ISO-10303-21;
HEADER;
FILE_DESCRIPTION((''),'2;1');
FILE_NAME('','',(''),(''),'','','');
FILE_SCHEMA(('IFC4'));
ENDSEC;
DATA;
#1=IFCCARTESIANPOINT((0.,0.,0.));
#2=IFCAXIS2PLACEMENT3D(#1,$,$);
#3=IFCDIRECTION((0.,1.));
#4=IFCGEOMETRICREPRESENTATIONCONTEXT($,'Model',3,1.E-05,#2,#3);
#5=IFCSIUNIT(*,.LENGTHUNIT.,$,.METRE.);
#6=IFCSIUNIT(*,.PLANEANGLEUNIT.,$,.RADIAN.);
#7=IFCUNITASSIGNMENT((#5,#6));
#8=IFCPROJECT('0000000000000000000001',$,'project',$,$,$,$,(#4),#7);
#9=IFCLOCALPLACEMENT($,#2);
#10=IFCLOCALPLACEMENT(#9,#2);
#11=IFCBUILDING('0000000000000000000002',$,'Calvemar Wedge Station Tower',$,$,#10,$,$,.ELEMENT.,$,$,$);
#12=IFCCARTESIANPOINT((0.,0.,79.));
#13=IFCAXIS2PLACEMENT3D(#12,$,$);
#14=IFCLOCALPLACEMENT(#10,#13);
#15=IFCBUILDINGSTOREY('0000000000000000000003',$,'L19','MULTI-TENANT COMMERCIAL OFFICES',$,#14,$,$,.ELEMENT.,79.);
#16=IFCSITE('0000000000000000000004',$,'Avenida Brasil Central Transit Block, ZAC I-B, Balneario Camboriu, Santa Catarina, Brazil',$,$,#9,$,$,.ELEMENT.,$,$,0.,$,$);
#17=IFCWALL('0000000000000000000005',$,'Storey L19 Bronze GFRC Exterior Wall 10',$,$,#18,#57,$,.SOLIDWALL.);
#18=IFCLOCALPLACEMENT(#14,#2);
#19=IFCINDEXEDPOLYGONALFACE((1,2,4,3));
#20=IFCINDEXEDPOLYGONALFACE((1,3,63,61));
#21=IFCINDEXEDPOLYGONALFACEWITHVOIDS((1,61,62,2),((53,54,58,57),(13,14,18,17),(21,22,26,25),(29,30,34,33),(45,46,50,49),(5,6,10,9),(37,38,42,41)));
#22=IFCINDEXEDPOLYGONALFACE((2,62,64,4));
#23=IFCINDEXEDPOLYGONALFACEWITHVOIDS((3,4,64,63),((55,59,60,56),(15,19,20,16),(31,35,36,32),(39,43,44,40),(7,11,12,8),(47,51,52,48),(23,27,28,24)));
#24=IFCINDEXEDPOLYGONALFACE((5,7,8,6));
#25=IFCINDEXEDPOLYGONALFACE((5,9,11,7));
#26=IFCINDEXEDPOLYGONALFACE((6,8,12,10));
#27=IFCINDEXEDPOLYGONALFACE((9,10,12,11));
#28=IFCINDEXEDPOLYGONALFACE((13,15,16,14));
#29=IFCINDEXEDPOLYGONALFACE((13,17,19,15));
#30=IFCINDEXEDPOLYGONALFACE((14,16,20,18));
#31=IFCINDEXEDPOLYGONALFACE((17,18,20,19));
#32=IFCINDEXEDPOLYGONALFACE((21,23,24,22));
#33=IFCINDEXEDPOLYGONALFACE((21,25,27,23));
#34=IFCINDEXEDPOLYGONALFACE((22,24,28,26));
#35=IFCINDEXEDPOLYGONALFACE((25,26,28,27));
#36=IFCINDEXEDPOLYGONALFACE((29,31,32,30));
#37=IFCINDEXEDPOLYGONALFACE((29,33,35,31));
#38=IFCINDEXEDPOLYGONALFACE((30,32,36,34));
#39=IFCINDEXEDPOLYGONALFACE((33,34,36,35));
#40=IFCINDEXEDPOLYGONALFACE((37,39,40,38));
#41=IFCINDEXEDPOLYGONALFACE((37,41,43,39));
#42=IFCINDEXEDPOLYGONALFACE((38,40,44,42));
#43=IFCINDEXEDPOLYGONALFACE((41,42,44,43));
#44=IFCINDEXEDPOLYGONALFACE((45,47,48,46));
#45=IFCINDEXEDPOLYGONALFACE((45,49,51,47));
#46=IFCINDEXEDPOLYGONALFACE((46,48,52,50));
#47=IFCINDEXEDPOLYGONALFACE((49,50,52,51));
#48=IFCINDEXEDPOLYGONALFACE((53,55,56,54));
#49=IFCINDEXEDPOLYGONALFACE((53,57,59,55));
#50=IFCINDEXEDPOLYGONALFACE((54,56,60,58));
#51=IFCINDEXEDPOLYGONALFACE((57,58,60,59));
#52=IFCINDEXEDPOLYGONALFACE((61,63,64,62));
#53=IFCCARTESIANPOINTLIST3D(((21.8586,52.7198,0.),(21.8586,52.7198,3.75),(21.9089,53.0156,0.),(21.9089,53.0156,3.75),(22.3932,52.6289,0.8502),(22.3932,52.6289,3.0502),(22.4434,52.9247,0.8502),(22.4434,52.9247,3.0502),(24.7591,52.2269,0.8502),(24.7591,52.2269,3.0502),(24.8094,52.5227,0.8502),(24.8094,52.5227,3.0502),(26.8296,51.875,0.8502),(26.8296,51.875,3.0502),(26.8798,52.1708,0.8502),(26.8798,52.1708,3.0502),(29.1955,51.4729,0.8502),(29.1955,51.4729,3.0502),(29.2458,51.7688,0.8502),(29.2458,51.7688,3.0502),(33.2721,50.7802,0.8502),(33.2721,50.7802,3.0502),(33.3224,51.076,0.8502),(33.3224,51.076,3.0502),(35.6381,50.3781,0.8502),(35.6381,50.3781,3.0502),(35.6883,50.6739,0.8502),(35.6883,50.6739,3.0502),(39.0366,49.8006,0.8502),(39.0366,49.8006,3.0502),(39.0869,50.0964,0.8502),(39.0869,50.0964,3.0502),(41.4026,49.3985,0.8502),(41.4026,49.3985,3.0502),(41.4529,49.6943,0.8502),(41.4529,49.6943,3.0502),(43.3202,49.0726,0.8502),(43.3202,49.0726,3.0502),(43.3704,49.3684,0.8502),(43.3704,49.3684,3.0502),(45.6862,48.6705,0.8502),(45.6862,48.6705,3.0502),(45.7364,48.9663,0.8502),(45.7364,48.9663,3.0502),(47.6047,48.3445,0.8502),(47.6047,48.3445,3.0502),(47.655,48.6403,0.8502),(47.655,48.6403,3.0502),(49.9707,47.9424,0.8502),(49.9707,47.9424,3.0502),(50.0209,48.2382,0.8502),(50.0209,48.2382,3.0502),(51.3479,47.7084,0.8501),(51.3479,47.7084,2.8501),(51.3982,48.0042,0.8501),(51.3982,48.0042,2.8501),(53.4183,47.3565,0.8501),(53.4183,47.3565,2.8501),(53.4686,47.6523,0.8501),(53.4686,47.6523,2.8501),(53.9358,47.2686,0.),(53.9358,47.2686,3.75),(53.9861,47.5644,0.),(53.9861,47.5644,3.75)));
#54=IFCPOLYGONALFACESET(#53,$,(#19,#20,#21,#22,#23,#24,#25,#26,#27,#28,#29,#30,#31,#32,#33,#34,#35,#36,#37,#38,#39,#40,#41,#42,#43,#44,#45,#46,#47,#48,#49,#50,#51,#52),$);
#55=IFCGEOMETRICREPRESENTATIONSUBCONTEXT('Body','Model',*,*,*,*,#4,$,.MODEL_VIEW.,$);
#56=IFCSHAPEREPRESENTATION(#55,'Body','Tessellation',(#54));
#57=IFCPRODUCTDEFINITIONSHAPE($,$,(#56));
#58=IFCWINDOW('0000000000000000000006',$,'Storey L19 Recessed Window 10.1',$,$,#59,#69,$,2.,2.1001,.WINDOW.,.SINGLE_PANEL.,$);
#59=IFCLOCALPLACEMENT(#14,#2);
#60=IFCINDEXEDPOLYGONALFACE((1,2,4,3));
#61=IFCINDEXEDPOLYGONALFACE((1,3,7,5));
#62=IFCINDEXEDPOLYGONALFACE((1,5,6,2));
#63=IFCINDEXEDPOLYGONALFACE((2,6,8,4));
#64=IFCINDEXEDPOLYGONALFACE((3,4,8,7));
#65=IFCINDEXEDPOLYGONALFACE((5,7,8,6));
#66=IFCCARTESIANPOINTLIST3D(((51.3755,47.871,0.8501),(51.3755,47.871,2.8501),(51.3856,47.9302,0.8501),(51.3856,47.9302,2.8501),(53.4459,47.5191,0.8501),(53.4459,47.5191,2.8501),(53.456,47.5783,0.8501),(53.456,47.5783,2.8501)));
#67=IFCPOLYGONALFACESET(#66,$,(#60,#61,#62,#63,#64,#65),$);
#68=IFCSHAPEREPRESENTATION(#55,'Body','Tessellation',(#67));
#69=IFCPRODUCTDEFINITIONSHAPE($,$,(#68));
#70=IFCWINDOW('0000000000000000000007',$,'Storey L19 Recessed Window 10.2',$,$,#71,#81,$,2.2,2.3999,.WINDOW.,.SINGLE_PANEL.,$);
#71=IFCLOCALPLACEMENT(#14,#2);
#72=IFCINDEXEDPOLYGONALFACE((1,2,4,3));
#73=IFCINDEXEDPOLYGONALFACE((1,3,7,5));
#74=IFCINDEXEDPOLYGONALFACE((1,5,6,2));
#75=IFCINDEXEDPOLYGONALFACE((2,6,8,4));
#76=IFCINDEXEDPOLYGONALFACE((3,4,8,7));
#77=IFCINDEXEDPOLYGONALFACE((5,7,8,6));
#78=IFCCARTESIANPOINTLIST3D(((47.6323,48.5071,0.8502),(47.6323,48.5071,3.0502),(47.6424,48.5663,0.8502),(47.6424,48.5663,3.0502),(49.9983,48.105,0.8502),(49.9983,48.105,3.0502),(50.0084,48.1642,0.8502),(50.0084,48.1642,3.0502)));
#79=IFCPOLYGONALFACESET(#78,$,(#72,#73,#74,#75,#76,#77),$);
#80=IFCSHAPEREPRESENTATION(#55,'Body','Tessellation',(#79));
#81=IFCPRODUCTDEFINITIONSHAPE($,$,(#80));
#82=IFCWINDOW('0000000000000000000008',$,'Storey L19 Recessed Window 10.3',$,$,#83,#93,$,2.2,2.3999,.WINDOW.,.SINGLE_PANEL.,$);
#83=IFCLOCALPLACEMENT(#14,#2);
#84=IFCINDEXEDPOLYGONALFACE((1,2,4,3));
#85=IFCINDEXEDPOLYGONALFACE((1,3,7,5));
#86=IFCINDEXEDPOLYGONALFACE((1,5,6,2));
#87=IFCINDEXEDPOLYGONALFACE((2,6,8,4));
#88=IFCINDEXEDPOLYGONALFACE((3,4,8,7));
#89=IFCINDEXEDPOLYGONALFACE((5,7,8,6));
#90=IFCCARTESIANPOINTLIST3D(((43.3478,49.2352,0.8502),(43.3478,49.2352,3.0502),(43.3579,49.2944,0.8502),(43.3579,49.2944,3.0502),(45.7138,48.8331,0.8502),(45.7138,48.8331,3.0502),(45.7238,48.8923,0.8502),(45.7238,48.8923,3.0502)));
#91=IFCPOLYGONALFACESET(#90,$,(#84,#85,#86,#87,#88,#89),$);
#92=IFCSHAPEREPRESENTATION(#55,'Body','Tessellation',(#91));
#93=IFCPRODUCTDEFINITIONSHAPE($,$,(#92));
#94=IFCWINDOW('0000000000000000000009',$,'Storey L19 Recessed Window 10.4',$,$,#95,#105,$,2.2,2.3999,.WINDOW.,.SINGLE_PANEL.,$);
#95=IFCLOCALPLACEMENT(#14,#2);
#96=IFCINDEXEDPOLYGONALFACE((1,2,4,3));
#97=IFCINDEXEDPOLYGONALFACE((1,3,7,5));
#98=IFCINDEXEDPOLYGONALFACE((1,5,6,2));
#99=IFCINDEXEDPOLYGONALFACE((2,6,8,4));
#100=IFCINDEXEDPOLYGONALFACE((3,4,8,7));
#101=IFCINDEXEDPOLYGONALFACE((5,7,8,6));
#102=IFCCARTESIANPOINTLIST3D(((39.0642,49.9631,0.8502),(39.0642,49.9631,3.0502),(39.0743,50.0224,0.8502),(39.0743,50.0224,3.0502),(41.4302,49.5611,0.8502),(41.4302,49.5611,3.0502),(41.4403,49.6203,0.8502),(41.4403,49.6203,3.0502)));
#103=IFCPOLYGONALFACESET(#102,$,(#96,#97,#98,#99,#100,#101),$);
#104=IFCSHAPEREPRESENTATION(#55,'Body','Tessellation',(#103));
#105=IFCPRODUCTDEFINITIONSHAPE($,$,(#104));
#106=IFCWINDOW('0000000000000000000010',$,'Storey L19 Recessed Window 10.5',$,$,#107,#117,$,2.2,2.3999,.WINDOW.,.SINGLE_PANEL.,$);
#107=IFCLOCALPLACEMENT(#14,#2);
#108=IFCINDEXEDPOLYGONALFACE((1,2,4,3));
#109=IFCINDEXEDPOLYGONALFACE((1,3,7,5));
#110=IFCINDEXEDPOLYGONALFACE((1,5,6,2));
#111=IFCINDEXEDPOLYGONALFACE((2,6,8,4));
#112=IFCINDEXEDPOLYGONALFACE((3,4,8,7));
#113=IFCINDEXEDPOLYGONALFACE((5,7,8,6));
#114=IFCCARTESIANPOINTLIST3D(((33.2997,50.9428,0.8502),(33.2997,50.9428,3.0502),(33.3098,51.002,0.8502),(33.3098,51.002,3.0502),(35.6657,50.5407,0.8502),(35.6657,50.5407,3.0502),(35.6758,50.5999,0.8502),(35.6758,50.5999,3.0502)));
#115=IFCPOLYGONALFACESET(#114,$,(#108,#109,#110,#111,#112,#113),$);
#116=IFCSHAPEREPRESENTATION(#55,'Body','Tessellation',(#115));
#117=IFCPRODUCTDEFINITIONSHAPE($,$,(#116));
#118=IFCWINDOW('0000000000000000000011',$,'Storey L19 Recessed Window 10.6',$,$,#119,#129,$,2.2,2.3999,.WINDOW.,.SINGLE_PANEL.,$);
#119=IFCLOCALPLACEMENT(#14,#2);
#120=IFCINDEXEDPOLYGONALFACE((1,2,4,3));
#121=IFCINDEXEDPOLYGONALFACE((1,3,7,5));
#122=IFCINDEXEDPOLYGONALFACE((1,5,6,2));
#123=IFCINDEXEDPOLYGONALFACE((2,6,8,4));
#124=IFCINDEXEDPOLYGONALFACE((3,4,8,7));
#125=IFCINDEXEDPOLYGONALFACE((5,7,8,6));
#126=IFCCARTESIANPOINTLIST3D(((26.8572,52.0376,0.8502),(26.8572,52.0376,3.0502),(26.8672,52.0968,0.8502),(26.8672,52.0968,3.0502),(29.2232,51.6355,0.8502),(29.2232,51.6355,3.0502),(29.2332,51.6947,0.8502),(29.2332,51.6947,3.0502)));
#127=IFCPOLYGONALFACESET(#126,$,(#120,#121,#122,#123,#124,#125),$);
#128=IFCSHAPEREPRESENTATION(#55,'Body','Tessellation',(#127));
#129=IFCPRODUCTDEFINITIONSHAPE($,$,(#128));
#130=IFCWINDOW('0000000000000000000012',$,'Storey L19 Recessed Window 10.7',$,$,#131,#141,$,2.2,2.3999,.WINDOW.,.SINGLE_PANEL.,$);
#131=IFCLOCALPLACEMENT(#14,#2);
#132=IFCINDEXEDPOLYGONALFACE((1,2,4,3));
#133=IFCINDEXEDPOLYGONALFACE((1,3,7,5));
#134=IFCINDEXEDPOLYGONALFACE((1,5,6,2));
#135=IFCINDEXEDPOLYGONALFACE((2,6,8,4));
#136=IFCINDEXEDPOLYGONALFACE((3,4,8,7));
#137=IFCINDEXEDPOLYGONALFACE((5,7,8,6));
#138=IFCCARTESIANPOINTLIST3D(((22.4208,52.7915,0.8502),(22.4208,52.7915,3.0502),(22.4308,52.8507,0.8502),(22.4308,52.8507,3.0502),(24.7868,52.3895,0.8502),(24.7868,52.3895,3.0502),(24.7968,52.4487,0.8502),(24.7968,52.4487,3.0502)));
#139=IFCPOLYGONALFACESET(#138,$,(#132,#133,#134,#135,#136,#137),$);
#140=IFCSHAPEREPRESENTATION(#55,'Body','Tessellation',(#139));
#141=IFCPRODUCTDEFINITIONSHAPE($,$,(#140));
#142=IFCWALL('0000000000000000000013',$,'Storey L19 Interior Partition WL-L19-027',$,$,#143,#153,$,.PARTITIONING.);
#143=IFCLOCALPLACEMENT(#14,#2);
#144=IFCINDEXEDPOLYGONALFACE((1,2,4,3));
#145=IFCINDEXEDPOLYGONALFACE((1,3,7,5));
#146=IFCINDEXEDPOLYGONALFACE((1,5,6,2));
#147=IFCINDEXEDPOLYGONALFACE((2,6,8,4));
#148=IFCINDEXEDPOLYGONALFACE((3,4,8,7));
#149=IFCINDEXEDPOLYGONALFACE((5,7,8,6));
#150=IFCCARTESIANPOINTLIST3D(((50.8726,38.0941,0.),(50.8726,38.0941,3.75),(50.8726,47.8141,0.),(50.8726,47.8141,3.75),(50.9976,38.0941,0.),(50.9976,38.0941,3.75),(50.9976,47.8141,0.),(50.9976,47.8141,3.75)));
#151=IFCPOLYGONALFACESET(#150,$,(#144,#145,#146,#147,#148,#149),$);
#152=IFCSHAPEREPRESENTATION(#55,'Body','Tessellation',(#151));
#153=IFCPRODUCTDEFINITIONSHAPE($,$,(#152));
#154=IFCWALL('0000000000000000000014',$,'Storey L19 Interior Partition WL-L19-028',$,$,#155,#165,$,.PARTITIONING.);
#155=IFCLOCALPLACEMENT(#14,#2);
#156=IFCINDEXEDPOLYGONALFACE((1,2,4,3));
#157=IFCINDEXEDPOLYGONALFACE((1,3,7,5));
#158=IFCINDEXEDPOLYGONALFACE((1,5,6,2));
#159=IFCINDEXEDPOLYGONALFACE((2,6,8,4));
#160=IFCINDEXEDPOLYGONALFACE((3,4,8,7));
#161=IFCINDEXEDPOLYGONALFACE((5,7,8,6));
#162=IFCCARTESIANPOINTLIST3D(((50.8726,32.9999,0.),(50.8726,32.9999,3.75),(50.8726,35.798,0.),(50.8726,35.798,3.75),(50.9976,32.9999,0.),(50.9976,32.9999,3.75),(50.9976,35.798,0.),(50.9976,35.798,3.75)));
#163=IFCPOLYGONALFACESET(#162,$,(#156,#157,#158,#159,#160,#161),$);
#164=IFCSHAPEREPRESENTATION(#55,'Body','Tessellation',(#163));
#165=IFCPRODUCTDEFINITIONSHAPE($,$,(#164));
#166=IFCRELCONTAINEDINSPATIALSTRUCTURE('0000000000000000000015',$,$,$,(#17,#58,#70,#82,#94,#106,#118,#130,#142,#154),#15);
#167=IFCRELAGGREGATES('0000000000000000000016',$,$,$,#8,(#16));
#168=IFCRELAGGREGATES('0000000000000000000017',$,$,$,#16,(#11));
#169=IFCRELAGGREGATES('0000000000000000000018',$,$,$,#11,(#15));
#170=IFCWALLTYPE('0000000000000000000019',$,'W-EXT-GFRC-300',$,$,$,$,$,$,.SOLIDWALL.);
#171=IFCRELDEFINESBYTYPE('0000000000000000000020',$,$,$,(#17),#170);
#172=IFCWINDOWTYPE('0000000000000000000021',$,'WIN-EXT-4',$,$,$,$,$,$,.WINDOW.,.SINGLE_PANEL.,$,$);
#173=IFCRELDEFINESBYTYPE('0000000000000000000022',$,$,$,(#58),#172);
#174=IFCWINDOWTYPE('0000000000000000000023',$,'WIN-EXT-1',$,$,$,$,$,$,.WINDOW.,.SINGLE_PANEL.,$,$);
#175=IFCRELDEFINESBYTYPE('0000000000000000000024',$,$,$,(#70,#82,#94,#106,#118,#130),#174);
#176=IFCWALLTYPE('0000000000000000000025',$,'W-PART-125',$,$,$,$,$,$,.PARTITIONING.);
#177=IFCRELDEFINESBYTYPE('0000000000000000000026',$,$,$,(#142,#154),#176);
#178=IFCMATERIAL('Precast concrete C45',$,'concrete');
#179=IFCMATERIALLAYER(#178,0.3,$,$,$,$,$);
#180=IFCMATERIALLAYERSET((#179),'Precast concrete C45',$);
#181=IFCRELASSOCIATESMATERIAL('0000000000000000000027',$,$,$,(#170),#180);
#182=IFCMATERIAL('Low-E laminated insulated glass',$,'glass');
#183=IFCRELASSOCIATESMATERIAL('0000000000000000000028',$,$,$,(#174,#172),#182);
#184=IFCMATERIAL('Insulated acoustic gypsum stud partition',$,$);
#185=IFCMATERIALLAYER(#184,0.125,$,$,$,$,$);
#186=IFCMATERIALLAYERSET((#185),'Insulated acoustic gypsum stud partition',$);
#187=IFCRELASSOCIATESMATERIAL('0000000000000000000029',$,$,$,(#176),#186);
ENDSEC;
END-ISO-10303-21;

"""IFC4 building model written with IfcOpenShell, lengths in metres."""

from ifc_helpers import new_model, si_unit, direction, frame, frame_2d, origin, place, context, subcontext, project, spatial, rectangle, extrude, source, transform, mapped, material, layer, layer_set, type_object, element, fill, save


model = new_model("IFC4")

# Units and contexts
model_context = context("Model", 3, precision=1e-05, world=origin(), true_north=direction((0.0, 1.0)))
body_context = subcontext(model_context, "Body", "Model", "MODEL_VIEW")
ifc_project = project(units=[si_unit("LENGTHUNIT", "METRE"), si_unit("PLANEANGLEUNIT", "RADIAN")], contexts=[model_context])

# Site, building, storey
site_placement = place(None, origin())
site = spatial("IfcSite", under=ifc_project, at=site_placement, Name="Avenida Brasil Central Transit Block, ZAC I-B, Balneario Camboriu, Santa Catarina, Brazil", CompositionType="ELEMENT", RefElevation=0.0)
building_placement = place(site_placement, origin())
building = spatial("IfcBuilding", under=site, at=building_placement, Name="Calvemar Wedge Station Tower", CompositionType="ELEMENT")
storey_placement = place(building_placement, frame((0.0, 0.0, 79.0)))
storey = spatial("IfcBuildingStorey", under=building, at=storey_placement, Name="L19", Description="MULTI-TENANT COMMERCIAL OFFICES", CompositionType="ELEMENT", Elevation=79.0)

# Shared definitions
ifc_material_1 = material(Name="Precast concrete C45", Category="concrete")
ifc_layer_1 = layer(ifc_material_1, 0.3)
ifc_layer_set_1 = layer_set([ifc_layer_1], Name="Precast concrete C45")
wall_type_1 = type_object("IfcWallType", Name="W-EXT-GFRC-300", PredefinedType="SOLIDWALL", material=ifc_layer_set_1)
shared_shape_1 = source(origin(), body_context, "Body", "SweptSolid", [
    extrude(rectangle(XDim=2.3999, YDim=2.2, at=frame_2d((1.2, 1.1001))), frame((0.0, 0.1602, 0.0), z_axis=(0.0, -1.0, 0.0), x_axis=(1.0, 0.0, 0.0)), (0.0, 0.0, 1.0), 0.3201),
])
ifc_material_2 = material(Name="Low-E laminated insulated glass", Category="glass")
window_type_1 = type_object("IfcWindowType", Name="WIN-EXT-1", PartitioningType="SINGLE_PANEL", PredefinedType="WINDOW", material=ifc_material_2)
shared_shape_2 = source(origin(), body_context, "Body", "SweptSolid", [
    extrude(rectangle(XDim=2.3999, YDim=2.2, at=frame_2d((1.2, 1.1001))), frame((0.0, -0.0149, 0.0), z_axis=(0.0, -1.0, 0.0), x_axis=(1.0, 0.0, 0.0)), (0.0, 0.0, 1.0), 0.0601),
])

# Wall, openings, windows
wall_1_placement = place(storey_placement, frame((53.9609, 47.4165, 0.0), z_axis=(0.0, 0.0, 1.0), x_axis=(-0.985866, 0.167537, 0.0)))
wall_1 = element("IfcWall", 1, at=wall_1_placement, inside=storey, type_object=wall_type_1, Name="Storey L19 Bronze GFRC Exterior Wall 10", PredefinedType="SOLIDWALL", context=body_context, shape_type="SweptSolid", body=[
    extrude(rectangle(XDim=32.5371, YDim=0.3, at=frame_2d((16.2686, 0.0))), origin(), (0.0, 0.0, 1.0), 3.75),
])
shared_shape_3 = source(origin(), body_context, "Body", "SweptSolid", [
    extrude(rectangle(XDim=2.1001, YDim=2.0, at=frame_2d((1.05, 1.0))), frame((0.0, 0.1602, 0.0), z_axis=(0.0, -1.0, 0.0), x_axis=(1.0, 0.0, 0.0)), (0.0, 0.0, 1.0), 0.3201),
])
opening_1_placement = place(wall_1_placement, frame((0.5249, 0.0, 0.8501)))
opening_1 = element("IfcOpeningElement", 2, at=opening_1_placement, cuts=wall_1, PredefinedType="OPENING", context=body_context, shape_type="MappedRepresentation", body=[
    mapped(shared_shape_3, transform((0.0, 0.0, 0.0), scale=1.0)),
])
opening_2_placement = place(wall_1_placement, frame((4.022, 0.0, 0.8501)))
opening_2 = element("IfcOpeningElement", 3, at=opening_2_placement, cuts=wall_1, PredefinedType="OPENING", context=body_context, shape_type="MappedRepresentation", body=[
    mapped(shared_shape_1, transform((0.0, 0.0, 0.0), scale=1.0)),
])
opening_3_placement = place(wall_1_placement, frame((8.3679, 0.0, 0.8501)))
opening_3 = element("IfcOpeningElement", 4, at=opening_3_placement, cuts=wall_1, PredefinedType="OPENING", context=body_context, shape_type="MappedRepresentation", body=[
    mapped(shared_shape_1, transform((0.0, 0.0, 0.0), scale=1.0)),
])
opening_4_placement = place(wall_1_placement, frame((12.7129, 0.0, 0.8501)))
opening_4 = element("IfcOpeningElement", 5, at=opening_4_placement, cuts=wall_1, PredefinedType="OPENING", context=body_context, shape_type="MappedRepresentation", body=[
    mapped(shared_shape_1, transform((0.0, 0.0, 0.0), scale=1.0)),
])
opening_5_placement = place(wall_1_placement, frame((18.5601, 0.0, 0.8501)))
opening_5 = element("IfcOpeningElement", 6, at=opening_5_placement, cuts=wall_1, PredefinedType="OPENING", context=body_context, shape_type="MappedRepresentation", body=[
    mapped(shared_shape_1, transform((0.0, 0.0, 0.0), scale=1.0)),
])
opening_6_placement = place(wall_1_placement, frame((25.095, 0.0, 0.8501)))
opening_6 = element("IfcOpeningElement", 7, at=opening_6_placement, cuts=wall_1, PredefinedType="OPENING", context=body_context, shape_type="MappedRepresentation", body=[
    mapped(shared_shape_1, transform((0.0, 0.0, 0.0), scale=1.0)),
])
opening_7_placement = place(wall_1_placement, frame((29.595, 0.0, 0.8501)))
opening_7 = element("IfcOpeningElement", 8, at=opening_7_placement, cuts=wall_1, PredefinedType="OPENING", context=body_context, shape_type="MappedRepresentation", body=[
    mapped(shared_shape_1, transform((0.0, 0.0, 0.0), scale=1.0)),
])
window_type_2 = type_object("IfcWindowType", Name="WIN-EXT-4", PartitioningType="SINGLE_PANEL", PredefinedType="WINDOW", material=ifc_material_2)
shared_shape_4 = source(origin(), body_context, "Body", "SweptSolid", [
    extrude(rectangle(XDim=2.1001, YDim=2.0, at=frame_2d((1.05, 1.0))), frame((0.0, -0.0149, 0.0), z_axis=(0.0, -1.0, 0.0), x_axis=(1.0, 0.0, 0.0)), (0.0, 0.0, 1.0), 0.0601),
])
window_1_placement = place(opening_1_placement, origin())
window_1 = element("IfcWindow", 9, at=window_1_placement, inside=storey, type_object=window_type_2, Name="Storey L19 Recessed Window 10.1", OverallHeight=2.0, OverallWidth=2.1001, PartitioningType="SINGLE_PANEL", PredefinedType="WINDOW", context=body_context, shape_type="MappedRepresentation", body=[
    mapped(shared_shape_4, transform((0.0, 0.0, 0.0), scale=1.0)),
])
fill(opening_1, window_1)
window_2_placement = place(opening_2_placement, origin())
window_2 = element("IfcWindow", 10, at=window_2_placement, inside=storey, type_object=window_type_1, Name="Storey L19 Recessed Window 10.2", OverallHeight=2.2, OverallWidth=2.3999, PartitioningType="SINGLE_PANEL", PredefinedType="WINDOW", context=body_context, shape_type="MappedRepresentation", body=[
    mapped(shared_shape_2, transform((0.0, 0.0, 0.0), scale=1.0)),
])
fill(opening_2, window_2)
window_3_placement = place(opening_3_placement, origin())
window_3 = element("IfcWindow", 11, at=window_3_placement, inside=storey, type_object=window_type_1, Name="Storey L19 Recessed Window 10.3", OverallHeight=2.2, OverallWidth=2.3999, PartitioningType="SINGLE_PANEL", PredefinedType="WINDOW", context=body_context, shape_type="MappedRepresentation", body=[
    mapped(shared_shape_2, transform((0.0, 0.0, 0.0), scale=1.0)),
])
fill(opening_3, window_3)
window_4_placement = place(opening_4_placement, origin())
window_4 = element("IfcWindow", 12, at=window_4_placement, inside=storey, type_object=window_type_1, Name="Storey L19 Recessed Window 10.4", OverallHeight=2.2, OverallWidth=2.3999, PartitioningType="SINGLE_PANEL", PredefinedType="WINDOW", context=body_context, shape_type="MappedRepresentation", body=[
    mapped(shared_shape_2, transform((0.0, 0.0, 0.0), scale=1.0)),
])
fill(opening_4, window_4)
window_5_placement = place(opening_5_placement, origin())
window_5 = element("IfcWindow", 13, at=window_5_placement, inside=storey, type_object=window_type_1, Name="Storey L19 Recessed Window 10.5", OverallHeight=2.2, OverallWidth=2.3999, PartitioningType="SINGLE_PANEL", PredefinedType="WINDOW", context=body_context, shape_type="MappedRepresentation", body=[
    mapped(shared_shape_2, transform((0.0, 0.0, 0.0), scale=1.0)),
])
fill(opening_5, window_5)
window_6_placement = place(opening_6_placement, origin())
window_6 = element("IfcWindow", 14, at=window_6_placement, inside=storey, type_object=window_type_1, Name="Storey L19 Recessed Window 10.6", OverallHeight=2.2, OverallWidth=2.3999, PartitioningType="SINGLE_PANEL", PredefinedType="WINDOW", context=body_context, shape_type="MappedRepresentation", body=[
    mapped(shared_shape_2, transform((0.0, 0.0, 0.0), scale=1.0)),
])
fill(opening_6, window_6)
window_7_placement = place(opening_7_placement, origin())
window_7 = element("IfcWindow", 15, at=window_7_placement, inside=storey, type_object=window_type_1, Name="Storey L19 Recessed Window 10.7", OverallHeight=2.2, OverallWidth=2.3999, PartitioningType="SINGLE_PANEL", PredefinedType="WINDOW", context=body_context, shape_type="MappedRepresentation", body=[
    mapped(shared_shape_2, transform((0.0, 0.0, 0.0), scale=1.0)),
])
fill(opening_7, window_7)

# Walls
ifc_material_3 = material(Name="Insulated acoustic gypsum stud partition")
ifc_layer_2 = layer(ifc_material_3, 0.125)
ifc_layer_set_2 = layer_set([ifc_layer_2], Name="Insulated acoustic gypsum stud partition")
wall_type_2 = type_object("IfcWallType", Name="W-PART-125", PredefinedType="PARTITIONING", material=ifc_layer_set_2)
wall_2_placement = place(storey_placement, frame((50.9351, 47.814, 0.0), z_axis=(0.0, 0.0, 1.0), x_axis=(0.0, -1.0, 0.0)))
element("IfcWall", 16, at=wall_2_placement, inside=storey, type_object=wall_type_2, Name="Storey L19 Interior Partition WL-L19-027", PredefinedType="PARTITIONING", context=body_context, shape_type="SweptSolid", body=[
    extrude(rectangle(XDim=9.72, YDim=0.125, at=frame_2d((4.8599, 0.0))), origin(), (0.0, 0.0, 1.0), 3.75),
])
wall_3_placement = place(storey_placement, frame((50.9351, 33.0, 0.0), z_axis=(0.0, 0.0, 1.0), x_axis=(0.0, 1.0, 0.0)))
element("IfcWall", 17, at=wall_3_placement, inside=storey, type_object=wall_type_2, Name="Storey L19 Interior Partition WL-L19-028", PredefinedType="PARTITIONING", context=body_context, shape_type="SweptSolid", body=[
    extrude(rectangle(XDim=2.7981, YDim=0.125, at=frame_2d((1.3989, 0.0))), origin(), (0.0, 0.0, 1.0), 3.75),
])

save(model, "model.ifc")
